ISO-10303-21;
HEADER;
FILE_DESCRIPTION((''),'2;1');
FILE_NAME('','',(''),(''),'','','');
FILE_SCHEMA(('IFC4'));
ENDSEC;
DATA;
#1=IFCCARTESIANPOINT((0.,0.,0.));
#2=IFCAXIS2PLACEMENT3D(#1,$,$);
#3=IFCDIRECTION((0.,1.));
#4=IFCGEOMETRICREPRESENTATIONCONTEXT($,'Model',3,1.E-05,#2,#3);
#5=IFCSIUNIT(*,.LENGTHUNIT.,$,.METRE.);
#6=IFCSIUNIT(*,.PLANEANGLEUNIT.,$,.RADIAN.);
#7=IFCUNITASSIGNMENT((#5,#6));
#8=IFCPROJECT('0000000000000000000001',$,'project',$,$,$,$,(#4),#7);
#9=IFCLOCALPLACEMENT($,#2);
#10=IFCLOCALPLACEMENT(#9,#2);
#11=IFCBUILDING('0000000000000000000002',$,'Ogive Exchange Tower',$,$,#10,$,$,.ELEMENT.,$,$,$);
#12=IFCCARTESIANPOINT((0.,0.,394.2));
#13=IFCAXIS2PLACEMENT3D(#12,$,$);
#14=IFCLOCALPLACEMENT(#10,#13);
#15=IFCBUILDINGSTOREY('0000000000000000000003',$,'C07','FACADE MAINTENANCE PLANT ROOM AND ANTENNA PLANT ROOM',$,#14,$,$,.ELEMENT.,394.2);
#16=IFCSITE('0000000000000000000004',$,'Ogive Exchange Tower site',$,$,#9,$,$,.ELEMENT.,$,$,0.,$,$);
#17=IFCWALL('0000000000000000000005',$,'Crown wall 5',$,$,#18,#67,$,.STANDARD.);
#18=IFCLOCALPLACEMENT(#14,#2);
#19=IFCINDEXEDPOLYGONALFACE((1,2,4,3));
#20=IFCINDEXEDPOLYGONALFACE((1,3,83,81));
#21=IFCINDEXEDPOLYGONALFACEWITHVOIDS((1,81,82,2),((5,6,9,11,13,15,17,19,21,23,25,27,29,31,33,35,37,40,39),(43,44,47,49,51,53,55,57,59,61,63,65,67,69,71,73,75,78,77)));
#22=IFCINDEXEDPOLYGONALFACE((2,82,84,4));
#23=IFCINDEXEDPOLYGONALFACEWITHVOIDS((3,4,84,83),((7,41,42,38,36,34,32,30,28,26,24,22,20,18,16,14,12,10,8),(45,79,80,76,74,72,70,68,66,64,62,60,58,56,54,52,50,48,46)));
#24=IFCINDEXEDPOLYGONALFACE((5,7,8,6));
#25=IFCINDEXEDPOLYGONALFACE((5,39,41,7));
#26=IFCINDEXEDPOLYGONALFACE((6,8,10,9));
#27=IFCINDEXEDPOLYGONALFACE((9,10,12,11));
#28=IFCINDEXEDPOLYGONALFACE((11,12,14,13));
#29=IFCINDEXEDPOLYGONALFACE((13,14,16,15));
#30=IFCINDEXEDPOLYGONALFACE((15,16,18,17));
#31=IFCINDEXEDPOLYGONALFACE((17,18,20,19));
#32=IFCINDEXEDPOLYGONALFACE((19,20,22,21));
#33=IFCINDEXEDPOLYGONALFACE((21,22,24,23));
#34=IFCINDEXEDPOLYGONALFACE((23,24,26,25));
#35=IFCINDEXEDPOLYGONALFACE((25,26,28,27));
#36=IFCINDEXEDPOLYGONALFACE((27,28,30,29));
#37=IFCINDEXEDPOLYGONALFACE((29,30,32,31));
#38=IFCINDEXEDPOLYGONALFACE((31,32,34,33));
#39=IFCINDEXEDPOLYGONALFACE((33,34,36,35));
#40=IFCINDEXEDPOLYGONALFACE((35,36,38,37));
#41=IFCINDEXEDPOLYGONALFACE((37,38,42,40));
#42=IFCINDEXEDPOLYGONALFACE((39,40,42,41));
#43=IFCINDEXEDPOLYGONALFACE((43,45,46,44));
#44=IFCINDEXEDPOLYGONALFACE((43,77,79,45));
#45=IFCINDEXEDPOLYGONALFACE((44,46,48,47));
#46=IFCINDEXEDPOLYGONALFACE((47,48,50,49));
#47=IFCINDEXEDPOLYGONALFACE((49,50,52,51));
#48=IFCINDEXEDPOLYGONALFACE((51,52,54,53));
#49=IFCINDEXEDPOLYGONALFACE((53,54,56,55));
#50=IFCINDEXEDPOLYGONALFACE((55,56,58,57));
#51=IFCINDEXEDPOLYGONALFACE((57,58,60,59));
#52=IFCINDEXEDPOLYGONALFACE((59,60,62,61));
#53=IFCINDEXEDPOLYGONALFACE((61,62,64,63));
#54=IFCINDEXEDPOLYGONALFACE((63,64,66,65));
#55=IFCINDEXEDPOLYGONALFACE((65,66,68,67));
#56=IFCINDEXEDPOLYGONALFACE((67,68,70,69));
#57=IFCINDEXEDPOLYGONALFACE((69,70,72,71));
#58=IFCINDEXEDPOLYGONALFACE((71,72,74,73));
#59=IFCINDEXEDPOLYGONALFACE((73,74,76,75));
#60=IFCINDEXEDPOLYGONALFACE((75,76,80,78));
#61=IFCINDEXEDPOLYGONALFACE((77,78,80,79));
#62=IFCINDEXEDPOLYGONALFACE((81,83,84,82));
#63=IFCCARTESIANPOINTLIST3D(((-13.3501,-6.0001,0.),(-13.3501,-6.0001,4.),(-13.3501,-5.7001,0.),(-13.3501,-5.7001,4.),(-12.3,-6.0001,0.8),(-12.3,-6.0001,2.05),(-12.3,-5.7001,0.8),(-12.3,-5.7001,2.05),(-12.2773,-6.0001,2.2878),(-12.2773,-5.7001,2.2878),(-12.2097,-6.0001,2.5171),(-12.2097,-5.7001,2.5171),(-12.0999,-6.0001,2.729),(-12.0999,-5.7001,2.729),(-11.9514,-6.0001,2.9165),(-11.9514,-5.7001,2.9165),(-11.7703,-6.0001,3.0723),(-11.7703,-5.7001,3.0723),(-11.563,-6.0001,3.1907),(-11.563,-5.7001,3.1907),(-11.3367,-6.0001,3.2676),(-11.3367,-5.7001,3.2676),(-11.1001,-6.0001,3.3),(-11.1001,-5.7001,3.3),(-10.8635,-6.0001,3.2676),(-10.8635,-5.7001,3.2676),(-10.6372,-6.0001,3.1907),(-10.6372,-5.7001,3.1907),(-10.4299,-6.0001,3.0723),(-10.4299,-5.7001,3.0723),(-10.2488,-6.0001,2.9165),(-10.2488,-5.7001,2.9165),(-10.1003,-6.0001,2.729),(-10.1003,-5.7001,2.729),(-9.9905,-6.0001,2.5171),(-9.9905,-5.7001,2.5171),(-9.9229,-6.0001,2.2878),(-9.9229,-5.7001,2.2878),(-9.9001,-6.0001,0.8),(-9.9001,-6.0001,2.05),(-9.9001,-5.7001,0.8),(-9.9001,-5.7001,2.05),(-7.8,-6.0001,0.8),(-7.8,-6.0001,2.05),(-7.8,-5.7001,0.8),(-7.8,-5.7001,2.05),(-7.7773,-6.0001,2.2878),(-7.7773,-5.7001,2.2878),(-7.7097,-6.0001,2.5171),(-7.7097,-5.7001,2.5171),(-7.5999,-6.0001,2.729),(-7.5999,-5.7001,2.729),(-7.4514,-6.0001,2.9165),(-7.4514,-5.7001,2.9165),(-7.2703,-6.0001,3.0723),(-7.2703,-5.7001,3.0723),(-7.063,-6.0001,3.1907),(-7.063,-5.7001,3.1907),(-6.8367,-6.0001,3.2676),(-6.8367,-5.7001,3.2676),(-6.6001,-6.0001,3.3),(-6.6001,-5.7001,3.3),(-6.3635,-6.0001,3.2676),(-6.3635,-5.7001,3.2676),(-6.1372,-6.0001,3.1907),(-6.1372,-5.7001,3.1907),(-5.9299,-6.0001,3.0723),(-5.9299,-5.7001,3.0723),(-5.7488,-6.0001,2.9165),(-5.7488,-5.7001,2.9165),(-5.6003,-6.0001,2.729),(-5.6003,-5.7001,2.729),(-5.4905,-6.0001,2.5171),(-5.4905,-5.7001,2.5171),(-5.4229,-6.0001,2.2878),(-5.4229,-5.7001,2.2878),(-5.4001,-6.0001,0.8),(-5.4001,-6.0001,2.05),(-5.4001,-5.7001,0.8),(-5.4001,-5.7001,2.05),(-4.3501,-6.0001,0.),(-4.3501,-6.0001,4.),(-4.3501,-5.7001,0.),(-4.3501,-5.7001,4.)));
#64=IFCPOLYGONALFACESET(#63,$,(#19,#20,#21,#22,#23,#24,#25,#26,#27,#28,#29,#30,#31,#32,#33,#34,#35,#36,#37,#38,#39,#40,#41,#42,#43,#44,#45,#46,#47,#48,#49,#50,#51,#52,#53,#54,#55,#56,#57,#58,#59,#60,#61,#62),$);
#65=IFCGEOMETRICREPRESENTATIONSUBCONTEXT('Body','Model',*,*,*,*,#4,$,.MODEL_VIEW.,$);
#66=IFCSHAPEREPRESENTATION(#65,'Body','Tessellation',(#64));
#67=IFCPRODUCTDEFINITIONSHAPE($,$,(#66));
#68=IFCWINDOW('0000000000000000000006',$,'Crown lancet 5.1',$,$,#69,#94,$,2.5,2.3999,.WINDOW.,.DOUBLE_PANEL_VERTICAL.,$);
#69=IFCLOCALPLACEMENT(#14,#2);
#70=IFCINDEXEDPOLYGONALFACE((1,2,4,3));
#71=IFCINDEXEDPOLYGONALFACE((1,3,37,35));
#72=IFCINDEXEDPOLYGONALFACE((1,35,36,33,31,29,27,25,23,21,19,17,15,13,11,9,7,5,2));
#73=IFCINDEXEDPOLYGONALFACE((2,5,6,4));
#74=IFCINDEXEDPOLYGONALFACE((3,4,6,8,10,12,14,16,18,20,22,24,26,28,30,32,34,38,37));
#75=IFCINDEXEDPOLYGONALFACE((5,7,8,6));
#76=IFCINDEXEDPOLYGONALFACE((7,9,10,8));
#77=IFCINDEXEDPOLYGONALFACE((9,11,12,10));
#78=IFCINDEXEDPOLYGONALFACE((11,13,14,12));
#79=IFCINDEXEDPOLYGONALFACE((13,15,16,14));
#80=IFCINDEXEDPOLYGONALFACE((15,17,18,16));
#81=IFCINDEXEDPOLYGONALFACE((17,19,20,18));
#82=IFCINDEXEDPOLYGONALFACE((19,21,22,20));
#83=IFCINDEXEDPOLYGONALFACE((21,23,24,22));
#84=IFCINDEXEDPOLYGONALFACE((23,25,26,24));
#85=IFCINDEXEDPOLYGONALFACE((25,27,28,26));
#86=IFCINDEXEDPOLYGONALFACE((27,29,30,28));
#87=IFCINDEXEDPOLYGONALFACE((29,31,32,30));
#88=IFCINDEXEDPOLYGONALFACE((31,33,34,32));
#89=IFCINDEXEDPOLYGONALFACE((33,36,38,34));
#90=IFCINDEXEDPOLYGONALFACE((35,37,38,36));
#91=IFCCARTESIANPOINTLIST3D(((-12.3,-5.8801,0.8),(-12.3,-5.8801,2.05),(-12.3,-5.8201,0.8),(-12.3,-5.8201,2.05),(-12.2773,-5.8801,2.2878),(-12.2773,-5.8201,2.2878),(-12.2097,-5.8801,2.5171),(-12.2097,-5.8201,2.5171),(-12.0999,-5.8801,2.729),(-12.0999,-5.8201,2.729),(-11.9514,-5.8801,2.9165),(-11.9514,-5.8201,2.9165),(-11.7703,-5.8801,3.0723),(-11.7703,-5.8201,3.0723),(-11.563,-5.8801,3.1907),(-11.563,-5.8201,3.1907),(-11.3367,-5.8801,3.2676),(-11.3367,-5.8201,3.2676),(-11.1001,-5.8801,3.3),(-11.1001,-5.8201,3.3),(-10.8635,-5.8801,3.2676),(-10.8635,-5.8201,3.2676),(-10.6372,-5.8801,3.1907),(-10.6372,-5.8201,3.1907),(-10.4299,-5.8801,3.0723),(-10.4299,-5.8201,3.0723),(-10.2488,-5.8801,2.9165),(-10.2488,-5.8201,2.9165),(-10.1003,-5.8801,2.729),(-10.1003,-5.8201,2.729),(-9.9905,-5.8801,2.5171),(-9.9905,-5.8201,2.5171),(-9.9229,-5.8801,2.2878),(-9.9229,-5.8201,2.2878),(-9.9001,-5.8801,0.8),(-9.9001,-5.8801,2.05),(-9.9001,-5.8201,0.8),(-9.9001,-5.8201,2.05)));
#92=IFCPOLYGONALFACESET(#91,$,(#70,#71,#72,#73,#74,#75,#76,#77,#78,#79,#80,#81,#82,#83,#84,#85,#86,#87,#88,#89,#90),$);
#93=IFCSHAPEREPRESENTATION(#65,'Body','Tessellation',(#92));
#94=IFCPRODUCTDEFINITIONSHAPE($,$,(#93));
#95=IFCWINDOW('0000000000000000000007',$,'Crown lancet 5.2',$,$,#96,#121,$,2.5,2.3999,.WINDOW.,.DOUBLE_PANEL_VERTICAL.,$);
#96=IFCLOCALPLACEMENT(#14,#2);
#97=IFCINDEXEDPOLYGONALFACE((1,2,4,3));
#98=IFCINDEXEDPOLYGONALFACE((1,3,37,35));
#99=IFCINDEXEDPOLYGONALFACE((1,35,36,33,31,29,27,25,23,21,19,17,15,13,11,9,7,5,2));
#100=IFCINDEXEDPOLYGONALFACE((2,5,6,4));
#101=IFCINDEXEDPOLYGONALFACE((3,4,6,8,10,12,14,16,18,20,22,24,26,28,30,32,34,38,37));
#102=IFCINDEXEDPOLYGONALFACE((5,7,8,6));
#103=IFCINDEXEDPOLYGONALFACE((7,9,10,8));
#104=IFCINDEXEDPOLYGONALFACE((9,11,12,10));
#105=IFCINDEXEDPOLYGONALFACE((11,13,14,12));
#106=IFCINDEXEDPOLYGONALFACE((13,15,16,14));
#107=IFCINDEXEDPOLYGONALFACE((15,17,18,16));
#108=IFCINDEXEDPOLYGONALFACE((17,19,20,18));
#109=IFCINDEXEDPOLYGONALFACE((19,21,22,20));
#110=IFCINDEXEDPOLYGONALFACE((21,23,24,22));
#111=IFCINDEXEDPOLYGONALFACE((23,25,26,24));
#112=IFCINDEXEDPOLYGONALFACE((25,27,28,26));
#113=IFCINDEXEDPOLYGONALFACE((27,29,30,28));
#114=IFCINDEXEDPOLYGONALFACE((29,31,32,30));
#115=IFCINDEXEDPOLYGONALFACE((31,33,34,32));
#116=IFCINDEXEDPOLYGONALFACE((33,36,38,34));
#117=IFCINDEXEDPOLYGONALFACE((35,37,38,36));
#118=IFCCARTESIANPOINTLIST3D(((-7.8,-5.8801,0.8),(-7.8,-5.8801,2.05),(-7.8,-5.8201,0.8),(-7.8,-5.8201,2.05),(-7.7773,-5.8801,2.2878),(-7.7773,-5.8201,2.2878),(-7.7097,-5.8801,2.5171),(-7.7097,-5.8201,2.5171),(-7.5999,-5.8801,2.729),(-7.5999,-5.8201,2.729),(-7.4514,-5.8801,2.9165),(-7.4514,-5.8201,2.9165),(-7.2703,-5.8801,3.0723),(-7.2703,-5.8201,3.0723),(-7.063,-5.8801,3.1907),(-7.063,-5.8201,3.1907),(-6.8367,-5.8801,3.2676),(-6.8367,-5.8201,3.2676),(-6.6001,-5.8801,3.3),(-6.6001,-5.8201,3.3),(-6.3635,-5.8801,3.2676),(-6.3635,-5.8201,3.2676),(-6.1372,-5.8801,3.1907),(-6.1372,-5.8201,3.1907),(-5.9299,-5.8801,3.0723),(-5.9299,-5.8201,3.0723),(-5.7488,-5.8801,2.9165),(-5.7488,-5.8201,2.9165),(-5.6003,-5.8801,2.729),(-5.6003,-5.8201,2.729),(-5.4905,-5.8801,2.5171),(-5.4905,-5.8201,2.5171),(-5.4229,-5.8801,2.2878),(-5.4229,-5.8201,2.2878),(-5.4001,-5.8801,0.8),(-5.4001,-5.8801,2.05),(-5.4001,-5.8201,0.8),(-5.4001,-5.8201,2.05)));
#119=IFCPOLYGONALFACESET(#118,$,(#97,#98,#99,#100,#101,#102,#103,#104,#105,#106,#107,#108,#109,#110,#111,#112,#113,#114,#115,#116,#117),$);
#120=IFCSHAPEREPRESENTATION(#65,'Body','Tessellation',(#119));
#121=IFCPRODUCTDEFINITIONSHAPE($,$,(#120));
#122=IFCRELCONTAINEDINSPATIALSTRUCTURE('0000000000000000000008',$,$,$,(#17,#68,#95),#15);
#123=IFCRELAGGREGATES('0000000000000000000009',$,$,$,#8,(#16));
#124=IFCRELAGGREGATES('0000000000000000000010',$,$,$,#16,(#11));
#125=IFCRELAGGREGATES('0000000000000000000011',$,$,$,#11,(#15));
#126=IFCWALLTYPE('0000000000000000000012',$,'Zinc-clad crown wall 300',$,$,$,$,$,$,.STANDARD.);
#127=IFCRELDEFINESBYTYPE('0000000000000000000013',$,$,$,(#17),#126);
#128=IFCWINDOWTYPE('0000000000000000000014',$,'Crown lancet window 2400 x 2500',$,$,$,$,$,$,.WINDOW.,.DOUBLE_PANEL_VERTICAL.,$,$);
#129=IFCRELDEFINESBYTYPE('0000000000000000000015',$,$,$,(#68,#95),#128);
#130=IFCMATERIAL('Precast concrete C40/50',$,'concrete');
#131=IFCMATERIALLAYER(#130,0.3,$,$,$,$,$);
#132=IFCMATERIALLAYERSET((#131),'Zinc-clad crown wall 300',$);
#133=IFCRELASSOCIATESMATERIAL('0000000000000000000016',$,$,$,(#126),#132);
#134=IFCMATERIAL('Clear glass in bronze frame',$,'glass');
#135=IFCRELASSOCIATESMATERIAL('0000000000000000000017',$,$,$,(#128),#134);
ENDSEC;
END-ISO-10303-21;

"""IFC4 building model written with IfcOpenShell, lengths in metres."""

from ifc_helpers import new_model, si_unit, direction, frame, frame_2d, origin, place, context, subcontext, project, spatial, polyline, rectangle, outline, extrude, material, layer, layer_set, type_object, element, fill, save


model = new_model("IFC4")

# Units and contexts
model_context = context("Model", 3, precision=1e-05, world=origin(), true_north=direction((0.0, 1.0)))
body_context = subcontext(model_context, "Body", "Model", "MODEL_VIEW")
ifc_project = project(units=[si_unit("LENGTHUNIT", "METRE"), si_unit("PLANEANGLEUNIT", "RADIAN")], contexts=[model_context])

# Site, building, storey
site_placement = place(None, origin())
site = spatial("IfcSite", under=ifc_project, at=site_placement, Name="Ogive Exchange Tower site", CompositionType="ELEMENT", RefElevation=0.0)
building_placement = place(site_placement, origin())
building = spatial("IfcBuilding", under=site, at=building_placement, Name="Ogive Exchange Tower", CompositionType="ELEMENT")
storey_placement = place(building_placement, frame((0.0, 0.0, 394.2)))
storey = spatial("IfcBuildingStorey", under=building, at=storey_placement, Name="C07", Description="FACADE MAINTENANCE PLANT ROOM AND ANTENNA PLANT ROOM", CompositionType="ELEMENT", Elevation=394.2)

# Wall, openings, windows
ifc_material_1 = material(Name="Precast concrete C40/50", Category="concrete")
ifc_layer_1 = layer(ifc_material_1, 0.3)
ifc_layer_set_1 = layer_set([ifc_layer_1], Name="Zinc-clad crown wall 300")
wall_type_1 = type_object("IfcWallType", Name="Zinc-clad crown wall 300", PredefinedType="STANDARD", material=ifc_layer_set_1)
wall_1_placement = place(storey_placement, frame((-13.3501, -5.8501, 0.0), z_axis=(0.0, 0.0, 1.0), x_axis=(1.0, 0.0, 0.0)))
wall_1 = element("IfcWall", 1, at=wall_1_placement, inside=storey, type_object=wall_type_1, Name="Crown wall 5", PredefinedType="STANDARD", context=body_context, shape_type="SweptSolid", body=[
    extrude(rectangle(XDim=9.0, YDim=0.3, at=frame_2d((4.5, 0.0))), origin(), (0.0, 0.0, 1.0), 4.0),
])
opening_1_placement = place(wall_1_placement, frame((1.05, 0.0, 0.8)))
opening_1 = element("IfcOpeningElement", 2, at=opening_1_placement, cuts=wall_1, PredefinedType="OPENING", context=body_context, shape_type="SweptSolid", body=[
    extrude(outline(polyline([(0.0, 0.0), (2.3999, 0.0), (2.3999, 1.25), (2.3772, 1.4878), (2.3096, 1.717), (2.1997, 1.929), (2.0513, 2.1165), (1.8701, 2.2722), (1.6628, 2.3906), (1.4365, 2.4675), (1.2, 2.5), (0.9634, 2.4675), (0.7371, 2.3906), (0.5298, 2.2722), (0.3486, 2.1165), (0.2002, 1.929), (0.0903, 1.717), (0.0227, 1.4878), (0.0, 1.25), (0.0, 0.0)])), frame((0.0, 0.1599, 0.0), z_axis=(0.0, -1.0, 0.0), x_axis=(1.0, 0.0, 0.0)), (0.0, 0.0, 1.0), 0.3201),
])
opening_2_placement = place(wall_1_placement, frame((5.55, 0.0, 0.8)))
opening_2 = element("IfcOpeningElement", 3, at=opening_2_placement, cuts=wall_1, PredefinedType="OPENING", context=body_context, shape_type="SweptSolid", body=[
    extrude(outline(polyline([(0.0, 0.0), (2.3999, 0.0), (2.3999, 1.25), (2.3772, 1.4878), (2.3096, 1.717), (2.1997, 1.929), (2.0513, 2.1165), (1.8701, 2.2722), (1.6628, 2.3906), (1.4365, 2.4675), (1.2, 2.5), (0.9634, 2.4675), (0.7371, 2.3906), (0.5298, 2.2722), (0.3486, 2.1165), (0.2002, 1.929), (0.0903, 1.717), (0.0227, 1.4878), (0.0, 1.25), (0.0, 0.0)])), frame((0.0, 0.1599, 0.0), z_axis=(0.0, -1.0, 0.0), x_axis=(1.0, 0.0, 0.0)), (0.0, 0.0, 1.0), 0.3201),
])
ifc_material_2 = material(Name="Clear glass in bronze frame", Category="glass")
window_type = type_object("IfcWindowType", Name="Crown lancet window 2400 x 2500", PartitioningType="DOUBLE_PANEL_VERTICAL", PredefinedType="WINDOW", material=ifc_material_2)
window_1_placement = place(opening_1_placement, origin())
window_1 = element("IfcWindow", 4, at=window_1_placement, inside=storey, type_object=window_type, Name="Crown lancet 5.1", OverallHeight=2.5, OverallWidth=2.3999, PartitioningType="DOUBLE_PANEL_VERTICAL", PredefinedType="WINDOW", context=body_context, shape_type="SweptSolid", body=[
    extrude(outline(polyline([(0.0, 0.0), (2.3999, 0.0), (2.3999, 1.25), (2.3772, 1.4878), (2.3096, 1.717), (2.1997, 1.929), (2.0513, 2.1165), (1.8701, 2.2722), (1.6628, 2.3906), (1.4365, 2.4675), (1.2, 2.5), (0.9634, 2.4675), (0.7371, 2.3906), (0.5298, 2.2722), (0.3486, 2.1165), (0.2002, 1.929), (0.0903, 1.717), (0.0227, 1.4878), (0.0, 1.25), (0.0, 0.0)])), frame((0.0, 0.03, 0.0), z_axis=(0.0, -1.0, 0.0), x_axis=(1.0, 0.0, 0.0)), (0.0, 0.0, 1.0), 0.0601),
])
fill(opening_1, window_1)
window_2_placement = place(opening_2_placement, origin())
window_2 = element("IfcWindow", 5, at=window_2_placement, inside=storey, type_object=window_type, Name="Crown lancet 5.2", OverallHeight=2.5, OverallWidth=2.3999, PartitioningType="DOUBLE_PANEL_VERTICAL", PredefinedType="WINDOW", context=body_context, shape_type="SweptSolid", body=[
    extrude(outline(polyline([(0.0, 0.0), (2.3999, 0.0), (2.3999, 1.25), (2.3772, 1.4878), (2.3096, 1.717), (2.1997, 1.929), (2.0513, 2.1165), (1.8701, 2.2722), (1.6628, 2.3906), (1.4365, 2.4675), (1.2, 2.5), (0.9634, 2.4675), (0.7371, 2.3906), (0.5298, 2.2722), (0.3486, 2.1165), (0.2002, 1.929), (0.0903, 1.717), (0.0227, 1.4878), (0.0, 1.25), (0.0, 0.0)])), frame((0.0, 0.03, 0.0), z_axis=(0.0, -1.0, 0.0), x_axis=(1.0, 0.0, 0.0)), (0.0, 0.0, 1.0), 0.0601),
])
fill(opening_2, window_2)

save(model, "model.ifc")
